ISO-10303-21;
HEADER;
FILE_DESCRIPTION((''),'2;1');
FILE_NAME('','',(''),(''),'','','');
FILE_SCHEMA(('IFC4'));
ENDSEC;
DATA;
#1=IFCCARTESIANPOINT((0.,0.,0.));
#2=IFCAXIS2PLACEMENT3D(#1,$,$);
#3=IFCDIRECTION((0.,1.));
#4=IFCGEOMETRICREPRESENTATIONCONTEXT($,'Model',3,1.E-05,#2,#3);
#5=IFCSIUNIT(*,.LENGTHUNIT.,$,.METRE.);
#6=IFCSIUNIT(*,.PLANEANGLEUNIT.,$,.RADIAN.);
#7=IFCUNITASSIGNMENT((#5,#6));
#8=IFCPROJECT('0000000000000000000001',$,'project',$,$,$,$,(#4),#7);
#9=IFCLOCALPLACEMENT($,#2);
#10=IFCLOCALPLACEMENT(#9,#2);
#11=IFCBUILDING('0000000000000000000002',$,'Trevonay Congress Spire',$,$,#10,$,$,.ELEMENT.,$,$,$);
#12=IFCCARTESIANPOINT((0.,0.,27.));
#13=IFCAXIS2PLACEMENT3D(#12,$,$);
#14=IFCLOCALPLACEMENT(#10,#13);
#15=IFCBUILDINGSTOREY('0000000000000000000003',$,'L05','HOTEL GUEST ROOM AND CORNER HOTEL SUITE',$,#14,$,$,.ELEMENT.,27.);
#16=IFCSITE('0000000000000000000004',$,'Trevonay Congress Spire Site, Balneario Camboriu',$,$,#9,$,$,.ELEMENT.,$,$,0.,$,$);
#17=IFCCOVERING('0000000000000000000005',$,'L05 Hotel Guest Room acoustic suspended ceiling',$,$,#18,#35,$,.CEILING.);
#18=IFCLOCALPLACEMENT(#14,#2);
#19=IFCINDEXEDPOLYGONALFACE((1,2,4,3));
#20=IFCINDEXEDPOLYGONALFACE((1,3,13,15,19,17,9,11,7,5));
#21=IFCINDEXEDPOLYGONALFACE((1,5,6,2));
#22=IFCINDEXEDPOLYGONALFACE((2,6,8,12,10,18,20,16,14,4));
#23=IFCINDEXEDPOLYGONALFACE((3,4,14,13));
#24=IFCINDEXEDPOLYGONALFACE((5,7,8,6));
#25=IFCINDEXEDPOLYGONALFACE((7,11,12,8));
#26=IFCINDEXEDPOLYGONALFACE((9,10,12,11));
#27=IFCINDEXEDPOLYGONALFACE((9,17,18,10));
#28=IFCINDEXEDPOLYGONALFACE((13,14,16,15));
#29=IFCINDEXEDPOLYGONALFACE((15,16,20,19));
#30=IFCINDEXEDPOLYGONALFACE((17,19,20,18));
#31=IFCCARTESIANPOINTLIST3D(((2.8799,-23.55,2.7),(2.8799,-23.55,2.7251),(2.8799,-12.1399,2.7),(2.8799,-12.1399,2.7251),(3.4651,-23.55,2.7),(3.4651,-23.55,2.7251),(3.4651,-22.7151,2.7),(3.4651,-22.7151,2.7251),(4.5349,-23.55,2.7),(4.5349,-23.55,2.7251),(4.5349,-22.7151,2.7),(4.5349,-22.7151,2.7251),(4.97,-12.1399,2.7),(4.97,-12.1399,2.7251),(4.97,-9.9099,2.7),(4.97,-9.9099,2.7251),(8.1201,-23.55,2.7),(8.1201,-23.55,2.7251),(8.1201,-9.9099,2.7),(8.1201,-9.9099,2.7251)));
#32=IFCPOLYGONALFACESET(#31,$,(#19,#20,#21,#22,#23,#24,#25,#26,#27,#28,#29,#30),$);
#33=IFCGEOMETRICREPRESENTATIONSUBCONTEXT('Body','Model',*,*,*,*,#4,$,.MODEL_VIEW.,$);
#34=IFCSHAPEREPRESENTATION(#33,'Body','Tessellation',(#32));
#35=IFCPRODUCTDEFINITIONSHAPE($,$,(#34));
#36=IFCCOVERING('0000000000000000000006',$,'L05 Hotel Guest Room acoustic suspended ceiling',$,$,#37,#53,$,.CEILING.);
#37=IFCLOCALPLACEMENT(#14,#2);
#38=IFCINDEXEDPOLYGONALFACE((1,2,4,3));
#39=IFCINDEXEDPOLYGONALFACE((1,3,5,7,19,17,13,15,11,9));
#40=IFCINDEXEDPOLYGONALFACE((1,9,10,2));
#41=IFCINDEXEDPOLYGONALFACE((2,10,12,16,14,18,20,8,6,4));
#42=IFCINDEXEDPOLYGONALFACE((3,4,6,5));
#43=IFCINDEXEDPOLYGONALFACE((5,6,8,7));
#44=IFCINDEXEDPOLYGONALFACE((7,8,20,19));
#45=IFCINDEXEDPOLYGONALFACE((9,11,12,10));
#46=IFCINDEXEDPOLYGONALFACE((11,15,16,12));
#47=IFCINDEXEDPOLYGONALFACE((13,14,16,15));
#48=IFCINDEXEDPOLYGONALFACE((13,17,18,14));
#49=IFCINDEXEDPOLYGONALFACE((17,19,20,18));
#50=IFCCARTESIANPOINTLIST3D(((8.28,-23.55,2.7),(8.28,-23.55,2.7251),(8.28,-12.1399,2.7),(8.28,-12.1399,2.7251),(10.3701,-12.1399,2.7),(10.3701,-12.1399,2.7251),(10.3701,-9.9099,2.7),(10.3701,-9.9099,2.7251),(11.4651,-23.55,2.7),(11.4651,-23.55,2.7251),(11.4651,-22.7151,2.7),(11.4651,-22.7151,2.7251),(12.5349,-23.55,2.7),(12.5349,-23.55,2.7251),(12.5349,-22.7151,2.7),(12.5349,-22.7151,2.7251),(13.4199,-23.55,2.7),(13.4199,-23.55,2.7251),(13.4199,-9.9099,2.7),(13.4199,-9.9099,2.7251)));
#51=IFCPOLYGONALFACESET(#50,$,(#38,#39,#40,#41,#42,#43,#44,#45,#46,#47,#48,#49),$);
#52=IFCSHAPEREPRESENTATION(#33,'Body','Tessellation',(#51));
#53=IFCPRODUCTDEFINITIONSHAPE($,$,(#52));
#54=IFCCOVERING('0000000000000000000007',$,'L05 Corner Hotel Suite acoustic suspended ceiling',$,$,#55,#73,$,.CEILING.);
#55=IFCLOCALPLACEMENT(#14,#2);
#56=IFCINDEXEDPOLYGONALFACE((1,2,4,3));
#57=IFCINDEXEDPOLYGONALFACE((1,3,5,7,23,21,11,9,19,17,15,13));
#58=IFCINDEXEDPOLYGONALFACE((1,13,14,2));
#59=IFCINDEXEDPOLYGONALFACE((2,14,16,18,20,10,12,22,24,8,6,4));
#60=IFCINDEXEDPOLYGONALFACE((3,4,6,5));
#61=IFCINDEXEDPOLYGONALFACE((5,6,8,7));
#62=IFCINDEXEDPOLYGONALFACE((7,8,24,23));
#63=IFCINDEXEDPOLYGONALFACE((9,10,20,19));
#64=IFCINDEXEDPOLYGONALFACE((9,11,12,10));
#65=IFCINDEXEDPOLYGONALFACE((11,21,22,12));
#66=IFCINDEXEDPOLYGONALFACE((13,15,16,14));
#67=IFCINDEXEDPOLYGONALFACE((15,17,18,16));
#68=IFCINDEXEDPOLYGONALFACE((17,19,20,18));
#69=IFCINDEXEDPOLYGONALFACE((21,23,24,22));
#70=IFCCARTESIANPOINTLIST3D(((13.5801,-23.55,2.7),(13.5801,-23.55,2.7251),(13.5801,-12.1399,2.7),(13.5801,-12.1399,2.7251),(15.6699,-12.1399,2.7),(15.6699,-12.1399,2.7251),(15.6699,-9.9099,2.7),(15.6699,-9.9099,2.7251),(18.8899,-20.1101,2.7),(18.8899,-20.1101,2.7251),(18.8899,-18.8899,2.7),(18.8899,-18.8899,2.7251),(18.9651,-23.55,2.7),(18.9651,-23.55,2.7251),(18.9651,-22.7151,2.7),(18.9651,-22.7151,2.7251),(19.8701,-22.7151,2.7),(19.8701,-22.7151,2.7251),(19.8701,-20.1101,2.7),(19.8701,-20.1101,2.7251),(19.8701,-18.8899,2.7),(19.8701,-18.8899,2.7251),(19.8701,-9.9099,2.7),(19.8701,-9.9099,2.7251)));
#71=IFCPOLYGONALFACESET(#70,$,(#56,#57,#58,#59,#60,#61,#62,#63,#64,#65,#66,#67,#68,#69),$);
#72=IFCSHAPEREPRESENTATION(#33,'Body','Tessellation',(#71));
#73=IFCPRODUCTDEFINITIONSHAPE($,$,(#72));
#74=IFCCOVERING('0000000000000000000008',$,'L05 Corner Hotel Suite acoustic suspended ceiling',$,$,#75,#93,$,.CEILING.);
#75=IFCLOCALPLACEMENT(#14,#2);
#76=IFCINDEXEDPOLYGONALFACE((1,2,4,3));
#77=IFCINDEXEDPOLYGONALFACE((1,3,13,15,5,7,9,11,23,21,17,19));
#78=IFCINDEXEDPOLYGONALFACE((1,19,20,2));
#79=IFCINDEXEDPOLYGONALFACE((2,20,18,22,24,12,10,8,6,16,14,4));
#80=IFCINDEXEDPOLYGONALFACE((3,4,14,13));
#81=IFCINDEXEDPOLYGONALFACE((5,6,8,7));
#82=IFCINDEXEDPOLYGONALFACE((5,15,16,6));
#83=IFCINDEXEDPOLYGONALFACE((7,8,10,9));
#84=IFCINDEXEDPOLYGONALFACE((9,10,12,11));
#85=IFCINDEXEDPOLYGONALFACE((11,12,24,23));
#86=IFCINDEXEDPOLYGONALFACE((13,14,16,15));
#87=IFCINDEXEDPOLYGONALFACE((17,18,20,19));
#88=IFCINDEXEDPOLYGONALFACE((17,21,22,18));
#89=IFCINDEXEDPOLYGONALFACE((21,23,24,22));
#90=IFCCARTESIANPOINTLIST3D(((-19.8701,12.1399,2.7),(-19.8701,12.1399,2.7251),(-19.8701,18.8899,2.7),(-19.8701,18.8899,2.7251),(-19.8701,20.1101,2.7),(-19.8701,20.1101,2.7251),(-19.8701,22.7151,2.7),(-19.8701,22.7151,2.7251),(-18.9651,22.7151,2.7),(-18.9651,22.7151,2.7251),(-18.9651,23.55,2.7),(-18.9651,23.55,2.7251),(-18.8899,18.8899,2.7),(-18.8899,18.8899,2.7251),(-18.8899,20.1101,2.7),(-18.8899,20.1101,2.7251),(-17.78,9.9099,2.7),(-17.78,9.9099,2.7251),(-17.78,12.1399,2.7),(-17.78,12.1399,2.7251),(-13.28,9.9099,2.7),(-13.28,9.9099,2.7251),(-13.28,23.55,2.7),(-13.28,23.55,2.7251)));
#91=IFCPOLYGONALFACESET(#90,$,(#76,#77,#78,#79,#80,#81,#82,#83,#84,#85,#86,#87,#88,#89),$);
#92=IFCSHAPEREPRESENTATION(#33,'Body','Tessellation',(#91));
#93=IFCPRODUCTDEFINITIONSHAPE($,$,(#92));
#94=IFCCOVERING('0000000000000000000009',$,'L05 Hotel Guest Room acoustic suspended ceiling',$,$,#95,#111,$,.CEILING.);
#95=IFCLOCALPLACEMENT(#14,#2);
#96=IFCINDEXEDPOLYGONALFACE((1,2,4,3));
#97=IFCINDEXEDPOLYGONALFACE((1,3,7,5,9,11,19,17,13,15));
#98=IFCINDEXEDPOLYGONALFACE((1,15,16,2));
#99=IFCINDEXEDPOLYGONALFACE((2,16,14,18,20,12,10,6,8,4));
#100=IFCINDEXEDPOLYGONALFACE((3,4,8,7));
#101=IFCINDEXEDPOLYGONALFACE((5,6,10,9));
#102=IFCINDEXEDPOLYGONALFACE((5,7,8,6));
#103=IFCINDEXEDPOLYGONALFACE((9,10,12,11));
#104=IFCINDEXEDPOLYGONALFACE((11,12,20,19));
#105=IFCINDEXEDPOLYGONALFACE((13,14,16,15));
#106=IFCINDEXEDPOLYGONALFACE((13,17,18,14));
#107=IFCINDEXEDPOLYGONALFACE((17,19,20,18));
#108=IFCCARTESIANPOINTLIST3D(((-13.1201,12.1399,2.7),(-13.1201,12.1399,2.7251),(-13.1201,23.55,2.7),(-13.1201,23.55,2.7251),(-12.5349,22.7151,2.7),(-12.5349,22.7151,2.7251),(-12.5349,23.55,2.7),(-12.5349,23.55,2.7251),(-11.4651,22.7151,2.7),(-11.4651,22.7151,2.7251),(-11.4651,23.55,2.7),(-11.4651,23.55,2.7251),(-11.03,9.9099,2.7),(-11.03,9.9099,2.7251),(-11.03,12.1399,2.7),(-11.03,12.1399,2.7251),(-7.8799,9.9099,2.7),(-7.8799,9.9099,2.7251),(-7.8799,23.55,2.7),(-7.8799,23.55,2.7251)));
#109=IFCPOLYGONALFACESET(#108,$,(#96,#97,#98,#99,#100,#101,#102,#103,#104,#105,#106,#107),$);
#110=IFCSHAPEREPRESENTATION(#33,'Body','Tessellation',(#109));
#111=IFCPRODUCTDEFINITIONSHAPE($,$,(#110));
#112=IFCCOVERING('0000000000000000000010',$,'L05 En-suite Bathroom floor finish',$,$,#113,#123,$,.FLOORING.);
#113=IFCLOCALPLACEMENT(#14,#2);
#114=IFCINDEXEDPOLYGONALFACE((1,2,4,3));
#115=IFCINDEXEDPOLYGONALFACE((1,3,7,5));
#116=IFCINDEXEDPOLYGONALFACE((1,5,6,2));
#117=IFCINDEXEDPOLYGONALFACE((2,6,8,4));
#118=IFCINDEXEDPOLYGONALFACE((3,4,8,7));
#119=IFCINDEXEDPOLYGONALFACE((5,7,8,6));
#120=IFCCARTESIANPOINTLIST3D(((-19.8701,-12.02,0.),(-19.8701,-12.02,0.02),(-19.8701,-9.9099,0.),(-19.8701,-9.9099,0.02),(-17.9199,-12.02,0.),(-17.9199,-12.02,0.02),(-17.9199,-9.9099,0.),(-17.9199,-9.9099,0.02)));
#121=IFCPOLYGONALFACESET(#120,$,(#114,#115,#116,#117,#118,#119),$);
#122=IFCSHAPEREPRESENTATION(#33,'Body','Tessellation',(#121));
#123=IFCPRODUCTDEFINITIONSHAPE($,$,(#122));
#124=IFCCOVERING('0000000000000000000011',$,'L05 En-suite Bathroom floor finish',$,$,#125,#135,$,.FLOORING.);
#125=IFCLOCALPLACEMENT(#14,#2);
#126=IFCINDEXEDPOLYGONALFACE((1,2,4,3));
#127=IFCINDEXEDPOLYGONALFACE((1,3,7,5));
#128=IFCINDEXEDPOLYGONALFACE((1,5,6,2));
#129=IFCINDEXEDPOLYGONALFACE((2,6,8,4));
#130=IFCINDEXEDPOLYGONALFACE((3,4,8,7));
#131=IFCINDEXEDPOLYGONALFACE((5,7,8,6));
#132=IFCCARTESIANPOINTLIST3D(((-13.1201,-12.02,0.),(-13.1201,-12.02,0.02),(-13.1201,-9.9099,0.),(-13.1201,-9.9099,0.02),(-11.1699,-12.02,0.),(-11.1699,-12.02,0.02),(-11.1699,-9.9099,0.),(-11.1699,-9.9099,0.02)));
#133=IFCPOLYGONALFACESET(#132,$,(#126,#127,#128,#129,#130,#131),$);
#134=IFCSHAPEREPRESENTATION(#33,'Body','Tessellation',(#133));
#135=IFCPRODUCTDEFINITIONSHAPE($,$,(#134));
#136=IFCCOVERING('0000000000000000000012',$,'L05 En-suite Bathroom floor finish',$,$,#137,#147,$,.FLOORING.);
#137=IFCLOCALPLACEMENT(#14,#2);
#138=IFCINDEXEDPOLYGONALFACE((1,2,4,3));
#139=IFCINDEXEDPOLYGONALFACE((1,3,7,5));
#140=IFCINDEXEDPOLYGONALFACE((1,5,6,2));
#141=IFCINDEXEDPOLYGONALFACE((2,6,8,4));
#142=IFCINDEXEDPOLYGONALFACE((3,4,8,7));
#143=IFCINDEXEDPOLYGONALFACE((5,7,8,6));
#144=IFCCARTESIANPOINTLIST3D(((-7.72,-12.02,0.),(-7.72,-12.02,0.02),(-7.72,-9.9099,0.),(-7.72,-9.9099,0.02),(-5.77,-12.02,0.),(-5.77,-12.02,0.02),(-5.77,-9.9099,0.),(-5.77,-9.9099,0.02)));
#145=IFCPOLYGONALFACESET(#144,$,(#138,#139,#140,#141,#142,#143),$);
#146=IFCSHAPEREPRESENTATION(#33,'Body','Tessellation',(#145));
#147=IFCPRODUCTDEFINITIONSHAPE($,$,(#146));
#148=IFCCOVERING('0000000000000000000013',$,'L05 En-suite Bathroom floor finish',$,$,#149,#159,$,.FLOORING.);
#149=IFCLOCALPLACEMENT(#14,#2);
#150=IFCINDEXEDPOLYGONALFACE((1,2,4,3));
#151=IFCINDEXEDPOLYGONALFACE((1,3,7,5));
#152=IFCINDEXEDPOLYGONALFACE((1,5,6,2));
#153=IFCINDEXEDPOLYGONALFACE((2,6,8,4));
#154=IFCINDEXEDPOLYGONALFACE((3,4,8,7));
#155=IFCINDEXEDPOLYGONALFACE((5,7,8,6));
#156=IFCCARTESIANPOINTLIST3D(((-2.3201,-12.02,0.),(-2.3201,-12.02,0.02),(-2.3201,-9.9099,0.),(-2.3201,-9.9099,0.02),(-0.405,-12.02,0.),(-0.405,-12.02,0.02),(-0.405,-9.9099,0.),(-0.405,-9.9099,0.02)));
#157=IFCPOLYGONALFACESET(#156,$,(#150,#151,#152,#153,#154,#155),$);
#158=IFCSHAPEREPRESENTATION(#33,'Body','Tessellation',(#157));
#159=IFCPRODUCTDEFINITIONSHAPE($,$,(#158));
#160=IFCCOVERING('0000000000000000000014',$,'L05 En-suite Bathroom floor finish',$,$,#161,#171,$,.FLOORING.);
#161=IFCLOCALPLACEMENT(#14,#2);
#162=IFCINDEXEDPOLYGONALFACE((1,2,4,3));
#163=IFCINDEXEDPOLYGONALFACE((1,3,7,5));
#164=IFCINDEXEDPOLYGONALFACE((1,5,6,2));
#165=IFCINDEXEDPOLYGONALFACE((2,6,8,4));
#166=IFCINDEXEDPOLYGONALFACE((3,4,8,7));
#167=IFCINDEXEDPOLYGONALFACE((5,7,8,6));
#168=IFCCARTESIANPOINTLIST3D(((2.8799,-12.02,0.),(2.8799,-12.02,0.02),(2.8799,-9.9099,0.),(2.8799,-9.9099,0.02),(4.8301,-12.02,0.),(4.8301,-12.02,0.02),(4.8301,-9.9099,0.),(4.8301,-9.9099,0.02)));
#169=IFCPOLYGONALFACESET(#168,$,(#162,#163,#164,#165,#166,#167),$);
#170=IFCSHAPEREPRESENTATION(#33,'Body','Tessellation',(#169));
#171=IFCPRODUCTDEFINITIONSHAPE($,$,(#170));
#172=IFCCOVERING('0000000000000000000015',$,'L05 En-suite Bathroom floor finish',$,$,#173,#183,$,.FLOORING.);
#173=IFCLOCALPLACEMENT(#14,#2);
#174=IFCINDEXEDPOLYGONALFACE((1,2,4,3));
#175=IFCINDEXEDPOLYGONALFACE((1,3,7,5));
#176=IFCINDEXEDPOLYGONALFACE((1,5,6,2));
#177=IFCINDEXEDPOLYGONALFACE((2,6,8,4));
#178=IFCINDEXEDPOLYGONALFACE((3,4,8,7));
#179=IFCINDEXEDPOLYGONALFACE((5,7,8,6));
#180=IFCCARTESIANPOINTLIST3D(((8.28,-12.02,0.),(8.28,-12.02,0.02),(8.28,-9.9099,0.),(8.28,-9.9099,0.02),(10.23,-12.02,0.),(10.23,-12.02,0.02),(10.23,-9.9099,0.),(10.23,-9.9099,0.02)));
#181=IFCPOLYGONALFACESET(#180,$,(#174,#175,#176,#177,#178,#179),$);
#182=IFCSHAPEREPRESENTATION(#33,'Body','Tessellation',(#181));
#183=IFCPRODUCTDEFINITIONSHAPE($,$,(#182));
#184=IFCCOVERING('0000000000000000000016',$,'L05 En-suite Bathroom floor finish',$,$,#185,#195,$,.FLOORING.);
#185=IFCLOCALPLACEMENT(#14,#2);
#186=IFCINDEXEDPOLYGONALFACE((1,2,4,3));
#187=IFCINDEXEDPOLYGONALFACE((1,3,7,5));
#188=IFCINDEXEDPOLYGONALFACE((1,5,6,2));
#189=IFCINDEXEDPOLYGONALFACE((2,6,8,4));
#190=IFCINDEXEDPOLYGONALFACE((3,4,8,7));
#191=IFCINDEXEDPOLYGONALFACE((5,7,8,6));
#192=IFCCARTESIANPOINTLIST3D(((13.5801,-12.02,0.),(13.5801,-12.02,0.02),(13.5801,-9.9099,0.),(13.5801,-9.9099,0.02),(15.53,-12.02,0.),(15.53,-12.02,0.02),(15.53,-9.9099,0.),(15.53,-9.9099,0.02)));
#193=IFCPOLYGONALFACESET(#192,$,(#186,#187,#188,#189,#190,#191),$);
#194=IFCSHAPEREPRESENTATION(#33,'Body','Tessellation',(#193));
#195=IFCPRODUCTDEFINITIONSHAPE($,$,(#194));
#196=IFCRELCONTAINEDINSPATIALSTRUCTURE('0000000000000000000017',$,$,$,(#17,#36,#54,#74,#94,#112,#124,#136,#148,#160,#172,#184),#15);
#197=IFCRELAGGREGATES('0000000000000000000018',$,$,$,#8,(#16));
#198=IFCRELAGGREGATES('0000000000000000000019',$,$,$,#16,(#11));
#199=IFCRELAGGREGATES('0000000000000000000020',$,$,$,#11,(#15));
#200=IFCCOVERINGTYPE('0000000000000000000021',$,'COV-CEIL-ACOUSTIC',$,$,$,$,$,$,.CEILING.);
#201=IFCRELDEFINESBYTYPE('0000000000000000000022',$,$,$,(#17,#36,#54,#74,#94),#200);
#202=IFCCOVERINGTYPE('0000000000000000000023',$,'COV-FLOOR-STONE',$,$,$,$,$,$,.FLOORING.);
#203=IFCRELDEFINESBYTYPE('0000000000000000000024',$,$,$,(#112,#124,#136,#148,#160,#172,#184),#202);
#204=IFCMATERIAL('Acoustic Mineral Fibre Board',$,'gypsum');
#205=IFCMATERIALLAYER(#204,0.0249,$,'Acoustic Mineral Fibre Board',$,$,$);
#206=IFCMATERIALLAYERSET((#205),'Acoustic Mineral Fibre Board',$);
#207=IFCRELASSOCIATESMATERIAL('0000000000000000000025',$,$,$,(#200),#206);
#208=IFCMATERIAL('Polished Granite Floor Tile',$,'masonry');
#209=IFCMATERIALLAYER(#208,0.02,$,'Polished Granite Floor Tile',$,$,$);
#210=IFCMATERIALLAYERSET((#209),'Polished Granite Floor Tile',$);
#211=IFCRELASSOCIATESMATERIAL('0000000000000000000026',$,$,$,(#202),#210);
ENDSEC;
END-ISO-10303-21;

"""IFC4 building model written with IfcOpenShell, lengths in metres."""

from ifc_helpers import new_model, si_unit, direction, frame, origin, place, context, subcontext, project, spatial, polyline, outline, extrude, material, layer, layer_set, type_object, element, save


model = new_model("IFC4")

# Units and contexts
model_context = context("Model", 3, precision=1e-05, world=origin(), true_north=direction((0.0, 1.0)))
body_context = subcontext(model_context, "Body", "Model", "MODEL_VIEW")
ifc_project = project(units=[si_unit("LENGTHUNIT", "METRE"), si_unit("PLANEANGLEUNIT", "RADIAN")], contexts=[model_context])

# Site, building, storey
site_placement = place(None, origin())
site = spatial("IfcSite", under=ifc_project, at=site_placement, Name="Trevonay Congress Spire Site, Balneario Camboriu", CompositionType="ELEMENT", RefElevation=0.0)
building_placement = place(site_placement, origin())
building = spatial("IfcBuilding", under=site, at=building_placement, Name="Trevonay Congress Spire", CompositionType="ELEMENT")
storey_placement = place(building_placement, frame((0.0, 0.0, 27.0)))
storey = spatial("IfcBuildingStorey", under=building, at=storey_placement, Name="L05", Description="HOTEL GUEST ROOM AND CORNER HOTEL SUITE", CompositionType="ELEMENT", Elevation=27.0)

# Coverings
ifc_material_1 = material(Name="Acoustic Mineral Fibre Board", Category="gypsum")
ifc_layer_1 = layer(ifc_material_1, 0.0249, Name="Acoustic Mineral Fibre Board")
ifc_layer_set_1 = layer_set([ifc_layer_1], Name="Acoustic Mineral Fibre Board")
covering_type_1 = type_object("IfcCoveringType", Name="COV-CEIL-ACOUSTIC", PredefinedType="CEILING", material=ifc_layer_set_1)
covering_1_placement = place(storey_placement, frame((0.0, 0.0, 2.7)))
element("IfcCovering", 1, at=covering_1_placement, inside=storey, type_object=covering_type_1, Name="L05 Hotel Guest Room acoustic suspended ceiling", PredefinedType="CEILING", context=body_context, shape_type="SweptSolid", body=[
    extrude(outline(polyline([(2.8799, -23.55), (2.8799, -12.1399), (4.97, -12.1399), (4.97, -9.9099), (8.1201, -9.9099), (8.1201, -23.55), (4.5349, -23.55), (4.5349, -22.7151), (3.4651, -22.7151), (3.4651, -23.55), (2.8799, -23.55)])), origin(), (0.0, 0.0, 1.0), 0.0251),
])
covering_2_placement = place(storey_placement, frame((0.0, 0.0, 2.7)))
element("IfcCovering", 2, at=covering_2_placement, inside=storey, type_object=covering_type_1, Name="L05 Hotel Guest Room acoustic suspended ceiling", PredefinedType="CEILING", context=body_context, shape_type="SweptSolid", body=[
    extrude(outline(polyline([(8.28, -23.55), (8.28, -12.1399), (10.3701, -12.1399), (10.3701, -9.9099), (13.4199, -9.9099), (13.4199, -23.55), (12.5349, -23.55), (12.5349, -22.7151), (11.4651, -22.7151), (11.4651, -23.55), (8.28, -23.55)])), origin(), (0.0, 0.0, 1.0), 0.0251),
])
covering_3_placement = place(storey_placement, frame((0.0, 0.0, 2.7)))
element("IfcCovering", 3, at=covering_3_placement, inside=storey, type_object=covering_type_1, Name="L05 Corner Hotel Suite acoustic suspended ceiling", PredefinedType="CEILING", context=body_context, shape_type="SweptSolid", body=[
    extrude(outline(polyline([(13.5801, -23.55), (13.5801, -12.1399), (15.6699, -12.1399), (15.6699, -9.9099), (19.8701, -9.9099), (19.8701, -18.8899), (18.8899, -18.8899), (18.8899, -20.1101), (19.8701, -20.1101), (19.8701, -22.7151), (18.9651, -22.7151), (18.9651, -23.55), (13.5801, -23.55)])), origin(), (0.0, 0.0, 1.0), 0.0251),
])
covering_4_placement = place(storey_placement, frame((0.0, 0.0, 2.7)))
element("IfcCovering", 4, at=covering_4_placement, inside=storey, type_object=covering_type_1, Name="L05 Corner Hotel Suite acoustic suspended ceiling", PredefinedType="CEILING", context=body_context, shape_type="SweptSolid", body=[
    extrude(outline(polyline([(-13.28, 23.55), (-13.28, 9.9099), (-17.78, 9.9099), (-17.78, 12.1399), (-19.8701, 12.1399), (-19.8701, 18.8899), (-18.8899, 18.8899), (-18.8899, 20.1101), (-19.8701, 20.1101), (-19.8701, 22.7151), (-18.9651, 22.7151), (-18.9651, 23.55), (-13.28, 23.55)])), origin(), (0.0, 0.0, 1.0), 0.0251),
])
covering_5_placement = place(storey_placement, frame((0.0, 0.0, 2.7)))
element("IfcCovering", 5, at=covering_5_placement, inside=storey, type_object=covering_type_1, Name="L05 Hotel Guest Room acoustic suspended ceiling", PredefinedType="CEILING", context=body_context, shape_type="SweptSolid", body=[
    extrude(outline(polyline([(-7.8799, 23.55), (-7.8799, 9.9099), (-11.03, 9.9099), (-11.03, 12.1399), (-13.1201, 12.1399), (-13.1201, 23.55), (-12.5349, 23.55), (-12.5349, 22.7151), (-11.4651, 22.7151), (-11.4651, 23.55), (-7.8799, 23.55)])), origin(), (0.0, 0.0, 1.0), 0.0251),
])
ifc_material_2 = material(Name="Polished Granite Floor Tile", Category="masonry")
ifc_layer_2 = layer(ifc_material_2, 0.02, Name="Polished Granite Floor Tile")
ifc_layer_set_2 = layer_set([ifc_layer_2], Name="Polished Granite Floor Tile")
covering_type_2 = type_object("IfcCoveringType", Name="COV-FLOOR-STONE", PredefinedType="FLOORING", material=ifc_layer_set_2)
covering_6_placement = place(storey_placement, origin())
element("IfcCovering", 6, at=covering_6_placement, inside=storey, type_object=covering_type_2, Name="L05 En-suite Bathroom floor finish", PredefinedType="FLOORING", context=body_context, shape_type="SweptSolid", body=[
    extrude(outline(polyline([(-19.8701, -12.02), (-17.9199, -12.02), (-17.9199, -9.9099), (-19.8701, -9.9099), (-19.8701, -12.02)])), origin(), (0.0, 0.0, 1.0), 0.02),
])
covering_7_placement = place(storey_placement, origin())
element("IfcCovering", 7, at=covering_7_placement, inside=storey, type_object=covering_type_2, Name="L05 En-suite Bathroom floor finish", PredefinedType="FLOORING", context=body_context, shape_type="SweptSolid", body=[
    extrude(outline(polyline([(-13.1201, -12.02), (-11.1699, -12.02), (-11.1699, -9.9099), (-13.1201, -9.9099), (-13.1201, -12.02)])), origin(), (0.0, 0.0, 1.0), 0.02),
])
covering_8_placement = place(storey_placement, origin())
element("IfcCovering", 8, at=covering_8_placement, inside=storey, type_object=covering_type_2, Name="L05 En-suite Bathroom floor finish", PredefinedType="FLOORING", context=body_context, shape_type="SweptSolid", body=[
    extrude(outline(polyline([(-7.72, -12.02), (-5.77, -12.02), (-5.77, -9.9099), (-7.72, -9.9099), (-7.72, -12.02)])), origin(), (0.0, 0.0, 1.0), 0.02),
])
covering_9_placement = place(storey_placement, origin())
element("IfcCovering", 9, at=covering_9_placement, inside=storey, type_object=covering_type_2, Name="L05 En-suite Bathroom floor finish", PredefinedType="FLOORING", context=body_context, shape_type="SweptSolid", body=[
    extrude(outline(polyline([(-2.3201, -12.02), (-0.405, -12.02), (-0.405, -9.9099), (-2.3201, -9.9099), (-2.3201, -12.02)])), origin(), (0.0, 0.0, 1.0), 0.02),
])
covering_10_placement = place(storey_placement, origin())
element("IfcCovering", 10, at=covering_10_placement, inside=storey, type_object=covering_type_2, Name="L05 En-suite Bathroom floor finish", PredefinedType="FLOORING", context=body_context, shape_type="SweptSolid", body=[
    extrude(outline(polyline([(2.8799, -12.02), (4.8301, -12.02), (4.8301, -9.9099), (2.8799, -9.9099), (2.8799, -12.02)])), origin(), (0.0, 0.0, 1.0), 0.02),
])
covering_11_placement = place(storey_placement, origin())
element("IfcCovering", 11, at=covering_11_placement, inside=storey, type_object=covering_type_2, Name="L05 En-suite Bathroom floor finish", PredefinedType="FLOORING", context=body_context, shape_type="SweptSolid", body=[
    extrude(outline(polyline([(8.28, -12.02), (10.23, -12.02), (10.23, -9.9099), (8.28, -9.9099), (8.28, -12.02)])), origin(), (0.0, 0.0, 1.0), 0.02),
])
covering_12_placement = place(storey_placement, origin())
element("IfcCovering", 12, at=covering_12_placement, inside=storey, type_object=covering_type_2, Name="L05 En-suite Bathroom floor finish", PredefinedType="FLOORING", context=body_context, shape_type="SweptSolid", body=[
    extrude(outline(polyline([(13.5801, -12.02), (15.53, -12.02), (15.53, -9.9099), (13.5801, -9.9099), (13.5801, -12.02)])), origin(), (0.0, 0.0, 1.0), 0.02),
])

save(model, "model.ifc")
